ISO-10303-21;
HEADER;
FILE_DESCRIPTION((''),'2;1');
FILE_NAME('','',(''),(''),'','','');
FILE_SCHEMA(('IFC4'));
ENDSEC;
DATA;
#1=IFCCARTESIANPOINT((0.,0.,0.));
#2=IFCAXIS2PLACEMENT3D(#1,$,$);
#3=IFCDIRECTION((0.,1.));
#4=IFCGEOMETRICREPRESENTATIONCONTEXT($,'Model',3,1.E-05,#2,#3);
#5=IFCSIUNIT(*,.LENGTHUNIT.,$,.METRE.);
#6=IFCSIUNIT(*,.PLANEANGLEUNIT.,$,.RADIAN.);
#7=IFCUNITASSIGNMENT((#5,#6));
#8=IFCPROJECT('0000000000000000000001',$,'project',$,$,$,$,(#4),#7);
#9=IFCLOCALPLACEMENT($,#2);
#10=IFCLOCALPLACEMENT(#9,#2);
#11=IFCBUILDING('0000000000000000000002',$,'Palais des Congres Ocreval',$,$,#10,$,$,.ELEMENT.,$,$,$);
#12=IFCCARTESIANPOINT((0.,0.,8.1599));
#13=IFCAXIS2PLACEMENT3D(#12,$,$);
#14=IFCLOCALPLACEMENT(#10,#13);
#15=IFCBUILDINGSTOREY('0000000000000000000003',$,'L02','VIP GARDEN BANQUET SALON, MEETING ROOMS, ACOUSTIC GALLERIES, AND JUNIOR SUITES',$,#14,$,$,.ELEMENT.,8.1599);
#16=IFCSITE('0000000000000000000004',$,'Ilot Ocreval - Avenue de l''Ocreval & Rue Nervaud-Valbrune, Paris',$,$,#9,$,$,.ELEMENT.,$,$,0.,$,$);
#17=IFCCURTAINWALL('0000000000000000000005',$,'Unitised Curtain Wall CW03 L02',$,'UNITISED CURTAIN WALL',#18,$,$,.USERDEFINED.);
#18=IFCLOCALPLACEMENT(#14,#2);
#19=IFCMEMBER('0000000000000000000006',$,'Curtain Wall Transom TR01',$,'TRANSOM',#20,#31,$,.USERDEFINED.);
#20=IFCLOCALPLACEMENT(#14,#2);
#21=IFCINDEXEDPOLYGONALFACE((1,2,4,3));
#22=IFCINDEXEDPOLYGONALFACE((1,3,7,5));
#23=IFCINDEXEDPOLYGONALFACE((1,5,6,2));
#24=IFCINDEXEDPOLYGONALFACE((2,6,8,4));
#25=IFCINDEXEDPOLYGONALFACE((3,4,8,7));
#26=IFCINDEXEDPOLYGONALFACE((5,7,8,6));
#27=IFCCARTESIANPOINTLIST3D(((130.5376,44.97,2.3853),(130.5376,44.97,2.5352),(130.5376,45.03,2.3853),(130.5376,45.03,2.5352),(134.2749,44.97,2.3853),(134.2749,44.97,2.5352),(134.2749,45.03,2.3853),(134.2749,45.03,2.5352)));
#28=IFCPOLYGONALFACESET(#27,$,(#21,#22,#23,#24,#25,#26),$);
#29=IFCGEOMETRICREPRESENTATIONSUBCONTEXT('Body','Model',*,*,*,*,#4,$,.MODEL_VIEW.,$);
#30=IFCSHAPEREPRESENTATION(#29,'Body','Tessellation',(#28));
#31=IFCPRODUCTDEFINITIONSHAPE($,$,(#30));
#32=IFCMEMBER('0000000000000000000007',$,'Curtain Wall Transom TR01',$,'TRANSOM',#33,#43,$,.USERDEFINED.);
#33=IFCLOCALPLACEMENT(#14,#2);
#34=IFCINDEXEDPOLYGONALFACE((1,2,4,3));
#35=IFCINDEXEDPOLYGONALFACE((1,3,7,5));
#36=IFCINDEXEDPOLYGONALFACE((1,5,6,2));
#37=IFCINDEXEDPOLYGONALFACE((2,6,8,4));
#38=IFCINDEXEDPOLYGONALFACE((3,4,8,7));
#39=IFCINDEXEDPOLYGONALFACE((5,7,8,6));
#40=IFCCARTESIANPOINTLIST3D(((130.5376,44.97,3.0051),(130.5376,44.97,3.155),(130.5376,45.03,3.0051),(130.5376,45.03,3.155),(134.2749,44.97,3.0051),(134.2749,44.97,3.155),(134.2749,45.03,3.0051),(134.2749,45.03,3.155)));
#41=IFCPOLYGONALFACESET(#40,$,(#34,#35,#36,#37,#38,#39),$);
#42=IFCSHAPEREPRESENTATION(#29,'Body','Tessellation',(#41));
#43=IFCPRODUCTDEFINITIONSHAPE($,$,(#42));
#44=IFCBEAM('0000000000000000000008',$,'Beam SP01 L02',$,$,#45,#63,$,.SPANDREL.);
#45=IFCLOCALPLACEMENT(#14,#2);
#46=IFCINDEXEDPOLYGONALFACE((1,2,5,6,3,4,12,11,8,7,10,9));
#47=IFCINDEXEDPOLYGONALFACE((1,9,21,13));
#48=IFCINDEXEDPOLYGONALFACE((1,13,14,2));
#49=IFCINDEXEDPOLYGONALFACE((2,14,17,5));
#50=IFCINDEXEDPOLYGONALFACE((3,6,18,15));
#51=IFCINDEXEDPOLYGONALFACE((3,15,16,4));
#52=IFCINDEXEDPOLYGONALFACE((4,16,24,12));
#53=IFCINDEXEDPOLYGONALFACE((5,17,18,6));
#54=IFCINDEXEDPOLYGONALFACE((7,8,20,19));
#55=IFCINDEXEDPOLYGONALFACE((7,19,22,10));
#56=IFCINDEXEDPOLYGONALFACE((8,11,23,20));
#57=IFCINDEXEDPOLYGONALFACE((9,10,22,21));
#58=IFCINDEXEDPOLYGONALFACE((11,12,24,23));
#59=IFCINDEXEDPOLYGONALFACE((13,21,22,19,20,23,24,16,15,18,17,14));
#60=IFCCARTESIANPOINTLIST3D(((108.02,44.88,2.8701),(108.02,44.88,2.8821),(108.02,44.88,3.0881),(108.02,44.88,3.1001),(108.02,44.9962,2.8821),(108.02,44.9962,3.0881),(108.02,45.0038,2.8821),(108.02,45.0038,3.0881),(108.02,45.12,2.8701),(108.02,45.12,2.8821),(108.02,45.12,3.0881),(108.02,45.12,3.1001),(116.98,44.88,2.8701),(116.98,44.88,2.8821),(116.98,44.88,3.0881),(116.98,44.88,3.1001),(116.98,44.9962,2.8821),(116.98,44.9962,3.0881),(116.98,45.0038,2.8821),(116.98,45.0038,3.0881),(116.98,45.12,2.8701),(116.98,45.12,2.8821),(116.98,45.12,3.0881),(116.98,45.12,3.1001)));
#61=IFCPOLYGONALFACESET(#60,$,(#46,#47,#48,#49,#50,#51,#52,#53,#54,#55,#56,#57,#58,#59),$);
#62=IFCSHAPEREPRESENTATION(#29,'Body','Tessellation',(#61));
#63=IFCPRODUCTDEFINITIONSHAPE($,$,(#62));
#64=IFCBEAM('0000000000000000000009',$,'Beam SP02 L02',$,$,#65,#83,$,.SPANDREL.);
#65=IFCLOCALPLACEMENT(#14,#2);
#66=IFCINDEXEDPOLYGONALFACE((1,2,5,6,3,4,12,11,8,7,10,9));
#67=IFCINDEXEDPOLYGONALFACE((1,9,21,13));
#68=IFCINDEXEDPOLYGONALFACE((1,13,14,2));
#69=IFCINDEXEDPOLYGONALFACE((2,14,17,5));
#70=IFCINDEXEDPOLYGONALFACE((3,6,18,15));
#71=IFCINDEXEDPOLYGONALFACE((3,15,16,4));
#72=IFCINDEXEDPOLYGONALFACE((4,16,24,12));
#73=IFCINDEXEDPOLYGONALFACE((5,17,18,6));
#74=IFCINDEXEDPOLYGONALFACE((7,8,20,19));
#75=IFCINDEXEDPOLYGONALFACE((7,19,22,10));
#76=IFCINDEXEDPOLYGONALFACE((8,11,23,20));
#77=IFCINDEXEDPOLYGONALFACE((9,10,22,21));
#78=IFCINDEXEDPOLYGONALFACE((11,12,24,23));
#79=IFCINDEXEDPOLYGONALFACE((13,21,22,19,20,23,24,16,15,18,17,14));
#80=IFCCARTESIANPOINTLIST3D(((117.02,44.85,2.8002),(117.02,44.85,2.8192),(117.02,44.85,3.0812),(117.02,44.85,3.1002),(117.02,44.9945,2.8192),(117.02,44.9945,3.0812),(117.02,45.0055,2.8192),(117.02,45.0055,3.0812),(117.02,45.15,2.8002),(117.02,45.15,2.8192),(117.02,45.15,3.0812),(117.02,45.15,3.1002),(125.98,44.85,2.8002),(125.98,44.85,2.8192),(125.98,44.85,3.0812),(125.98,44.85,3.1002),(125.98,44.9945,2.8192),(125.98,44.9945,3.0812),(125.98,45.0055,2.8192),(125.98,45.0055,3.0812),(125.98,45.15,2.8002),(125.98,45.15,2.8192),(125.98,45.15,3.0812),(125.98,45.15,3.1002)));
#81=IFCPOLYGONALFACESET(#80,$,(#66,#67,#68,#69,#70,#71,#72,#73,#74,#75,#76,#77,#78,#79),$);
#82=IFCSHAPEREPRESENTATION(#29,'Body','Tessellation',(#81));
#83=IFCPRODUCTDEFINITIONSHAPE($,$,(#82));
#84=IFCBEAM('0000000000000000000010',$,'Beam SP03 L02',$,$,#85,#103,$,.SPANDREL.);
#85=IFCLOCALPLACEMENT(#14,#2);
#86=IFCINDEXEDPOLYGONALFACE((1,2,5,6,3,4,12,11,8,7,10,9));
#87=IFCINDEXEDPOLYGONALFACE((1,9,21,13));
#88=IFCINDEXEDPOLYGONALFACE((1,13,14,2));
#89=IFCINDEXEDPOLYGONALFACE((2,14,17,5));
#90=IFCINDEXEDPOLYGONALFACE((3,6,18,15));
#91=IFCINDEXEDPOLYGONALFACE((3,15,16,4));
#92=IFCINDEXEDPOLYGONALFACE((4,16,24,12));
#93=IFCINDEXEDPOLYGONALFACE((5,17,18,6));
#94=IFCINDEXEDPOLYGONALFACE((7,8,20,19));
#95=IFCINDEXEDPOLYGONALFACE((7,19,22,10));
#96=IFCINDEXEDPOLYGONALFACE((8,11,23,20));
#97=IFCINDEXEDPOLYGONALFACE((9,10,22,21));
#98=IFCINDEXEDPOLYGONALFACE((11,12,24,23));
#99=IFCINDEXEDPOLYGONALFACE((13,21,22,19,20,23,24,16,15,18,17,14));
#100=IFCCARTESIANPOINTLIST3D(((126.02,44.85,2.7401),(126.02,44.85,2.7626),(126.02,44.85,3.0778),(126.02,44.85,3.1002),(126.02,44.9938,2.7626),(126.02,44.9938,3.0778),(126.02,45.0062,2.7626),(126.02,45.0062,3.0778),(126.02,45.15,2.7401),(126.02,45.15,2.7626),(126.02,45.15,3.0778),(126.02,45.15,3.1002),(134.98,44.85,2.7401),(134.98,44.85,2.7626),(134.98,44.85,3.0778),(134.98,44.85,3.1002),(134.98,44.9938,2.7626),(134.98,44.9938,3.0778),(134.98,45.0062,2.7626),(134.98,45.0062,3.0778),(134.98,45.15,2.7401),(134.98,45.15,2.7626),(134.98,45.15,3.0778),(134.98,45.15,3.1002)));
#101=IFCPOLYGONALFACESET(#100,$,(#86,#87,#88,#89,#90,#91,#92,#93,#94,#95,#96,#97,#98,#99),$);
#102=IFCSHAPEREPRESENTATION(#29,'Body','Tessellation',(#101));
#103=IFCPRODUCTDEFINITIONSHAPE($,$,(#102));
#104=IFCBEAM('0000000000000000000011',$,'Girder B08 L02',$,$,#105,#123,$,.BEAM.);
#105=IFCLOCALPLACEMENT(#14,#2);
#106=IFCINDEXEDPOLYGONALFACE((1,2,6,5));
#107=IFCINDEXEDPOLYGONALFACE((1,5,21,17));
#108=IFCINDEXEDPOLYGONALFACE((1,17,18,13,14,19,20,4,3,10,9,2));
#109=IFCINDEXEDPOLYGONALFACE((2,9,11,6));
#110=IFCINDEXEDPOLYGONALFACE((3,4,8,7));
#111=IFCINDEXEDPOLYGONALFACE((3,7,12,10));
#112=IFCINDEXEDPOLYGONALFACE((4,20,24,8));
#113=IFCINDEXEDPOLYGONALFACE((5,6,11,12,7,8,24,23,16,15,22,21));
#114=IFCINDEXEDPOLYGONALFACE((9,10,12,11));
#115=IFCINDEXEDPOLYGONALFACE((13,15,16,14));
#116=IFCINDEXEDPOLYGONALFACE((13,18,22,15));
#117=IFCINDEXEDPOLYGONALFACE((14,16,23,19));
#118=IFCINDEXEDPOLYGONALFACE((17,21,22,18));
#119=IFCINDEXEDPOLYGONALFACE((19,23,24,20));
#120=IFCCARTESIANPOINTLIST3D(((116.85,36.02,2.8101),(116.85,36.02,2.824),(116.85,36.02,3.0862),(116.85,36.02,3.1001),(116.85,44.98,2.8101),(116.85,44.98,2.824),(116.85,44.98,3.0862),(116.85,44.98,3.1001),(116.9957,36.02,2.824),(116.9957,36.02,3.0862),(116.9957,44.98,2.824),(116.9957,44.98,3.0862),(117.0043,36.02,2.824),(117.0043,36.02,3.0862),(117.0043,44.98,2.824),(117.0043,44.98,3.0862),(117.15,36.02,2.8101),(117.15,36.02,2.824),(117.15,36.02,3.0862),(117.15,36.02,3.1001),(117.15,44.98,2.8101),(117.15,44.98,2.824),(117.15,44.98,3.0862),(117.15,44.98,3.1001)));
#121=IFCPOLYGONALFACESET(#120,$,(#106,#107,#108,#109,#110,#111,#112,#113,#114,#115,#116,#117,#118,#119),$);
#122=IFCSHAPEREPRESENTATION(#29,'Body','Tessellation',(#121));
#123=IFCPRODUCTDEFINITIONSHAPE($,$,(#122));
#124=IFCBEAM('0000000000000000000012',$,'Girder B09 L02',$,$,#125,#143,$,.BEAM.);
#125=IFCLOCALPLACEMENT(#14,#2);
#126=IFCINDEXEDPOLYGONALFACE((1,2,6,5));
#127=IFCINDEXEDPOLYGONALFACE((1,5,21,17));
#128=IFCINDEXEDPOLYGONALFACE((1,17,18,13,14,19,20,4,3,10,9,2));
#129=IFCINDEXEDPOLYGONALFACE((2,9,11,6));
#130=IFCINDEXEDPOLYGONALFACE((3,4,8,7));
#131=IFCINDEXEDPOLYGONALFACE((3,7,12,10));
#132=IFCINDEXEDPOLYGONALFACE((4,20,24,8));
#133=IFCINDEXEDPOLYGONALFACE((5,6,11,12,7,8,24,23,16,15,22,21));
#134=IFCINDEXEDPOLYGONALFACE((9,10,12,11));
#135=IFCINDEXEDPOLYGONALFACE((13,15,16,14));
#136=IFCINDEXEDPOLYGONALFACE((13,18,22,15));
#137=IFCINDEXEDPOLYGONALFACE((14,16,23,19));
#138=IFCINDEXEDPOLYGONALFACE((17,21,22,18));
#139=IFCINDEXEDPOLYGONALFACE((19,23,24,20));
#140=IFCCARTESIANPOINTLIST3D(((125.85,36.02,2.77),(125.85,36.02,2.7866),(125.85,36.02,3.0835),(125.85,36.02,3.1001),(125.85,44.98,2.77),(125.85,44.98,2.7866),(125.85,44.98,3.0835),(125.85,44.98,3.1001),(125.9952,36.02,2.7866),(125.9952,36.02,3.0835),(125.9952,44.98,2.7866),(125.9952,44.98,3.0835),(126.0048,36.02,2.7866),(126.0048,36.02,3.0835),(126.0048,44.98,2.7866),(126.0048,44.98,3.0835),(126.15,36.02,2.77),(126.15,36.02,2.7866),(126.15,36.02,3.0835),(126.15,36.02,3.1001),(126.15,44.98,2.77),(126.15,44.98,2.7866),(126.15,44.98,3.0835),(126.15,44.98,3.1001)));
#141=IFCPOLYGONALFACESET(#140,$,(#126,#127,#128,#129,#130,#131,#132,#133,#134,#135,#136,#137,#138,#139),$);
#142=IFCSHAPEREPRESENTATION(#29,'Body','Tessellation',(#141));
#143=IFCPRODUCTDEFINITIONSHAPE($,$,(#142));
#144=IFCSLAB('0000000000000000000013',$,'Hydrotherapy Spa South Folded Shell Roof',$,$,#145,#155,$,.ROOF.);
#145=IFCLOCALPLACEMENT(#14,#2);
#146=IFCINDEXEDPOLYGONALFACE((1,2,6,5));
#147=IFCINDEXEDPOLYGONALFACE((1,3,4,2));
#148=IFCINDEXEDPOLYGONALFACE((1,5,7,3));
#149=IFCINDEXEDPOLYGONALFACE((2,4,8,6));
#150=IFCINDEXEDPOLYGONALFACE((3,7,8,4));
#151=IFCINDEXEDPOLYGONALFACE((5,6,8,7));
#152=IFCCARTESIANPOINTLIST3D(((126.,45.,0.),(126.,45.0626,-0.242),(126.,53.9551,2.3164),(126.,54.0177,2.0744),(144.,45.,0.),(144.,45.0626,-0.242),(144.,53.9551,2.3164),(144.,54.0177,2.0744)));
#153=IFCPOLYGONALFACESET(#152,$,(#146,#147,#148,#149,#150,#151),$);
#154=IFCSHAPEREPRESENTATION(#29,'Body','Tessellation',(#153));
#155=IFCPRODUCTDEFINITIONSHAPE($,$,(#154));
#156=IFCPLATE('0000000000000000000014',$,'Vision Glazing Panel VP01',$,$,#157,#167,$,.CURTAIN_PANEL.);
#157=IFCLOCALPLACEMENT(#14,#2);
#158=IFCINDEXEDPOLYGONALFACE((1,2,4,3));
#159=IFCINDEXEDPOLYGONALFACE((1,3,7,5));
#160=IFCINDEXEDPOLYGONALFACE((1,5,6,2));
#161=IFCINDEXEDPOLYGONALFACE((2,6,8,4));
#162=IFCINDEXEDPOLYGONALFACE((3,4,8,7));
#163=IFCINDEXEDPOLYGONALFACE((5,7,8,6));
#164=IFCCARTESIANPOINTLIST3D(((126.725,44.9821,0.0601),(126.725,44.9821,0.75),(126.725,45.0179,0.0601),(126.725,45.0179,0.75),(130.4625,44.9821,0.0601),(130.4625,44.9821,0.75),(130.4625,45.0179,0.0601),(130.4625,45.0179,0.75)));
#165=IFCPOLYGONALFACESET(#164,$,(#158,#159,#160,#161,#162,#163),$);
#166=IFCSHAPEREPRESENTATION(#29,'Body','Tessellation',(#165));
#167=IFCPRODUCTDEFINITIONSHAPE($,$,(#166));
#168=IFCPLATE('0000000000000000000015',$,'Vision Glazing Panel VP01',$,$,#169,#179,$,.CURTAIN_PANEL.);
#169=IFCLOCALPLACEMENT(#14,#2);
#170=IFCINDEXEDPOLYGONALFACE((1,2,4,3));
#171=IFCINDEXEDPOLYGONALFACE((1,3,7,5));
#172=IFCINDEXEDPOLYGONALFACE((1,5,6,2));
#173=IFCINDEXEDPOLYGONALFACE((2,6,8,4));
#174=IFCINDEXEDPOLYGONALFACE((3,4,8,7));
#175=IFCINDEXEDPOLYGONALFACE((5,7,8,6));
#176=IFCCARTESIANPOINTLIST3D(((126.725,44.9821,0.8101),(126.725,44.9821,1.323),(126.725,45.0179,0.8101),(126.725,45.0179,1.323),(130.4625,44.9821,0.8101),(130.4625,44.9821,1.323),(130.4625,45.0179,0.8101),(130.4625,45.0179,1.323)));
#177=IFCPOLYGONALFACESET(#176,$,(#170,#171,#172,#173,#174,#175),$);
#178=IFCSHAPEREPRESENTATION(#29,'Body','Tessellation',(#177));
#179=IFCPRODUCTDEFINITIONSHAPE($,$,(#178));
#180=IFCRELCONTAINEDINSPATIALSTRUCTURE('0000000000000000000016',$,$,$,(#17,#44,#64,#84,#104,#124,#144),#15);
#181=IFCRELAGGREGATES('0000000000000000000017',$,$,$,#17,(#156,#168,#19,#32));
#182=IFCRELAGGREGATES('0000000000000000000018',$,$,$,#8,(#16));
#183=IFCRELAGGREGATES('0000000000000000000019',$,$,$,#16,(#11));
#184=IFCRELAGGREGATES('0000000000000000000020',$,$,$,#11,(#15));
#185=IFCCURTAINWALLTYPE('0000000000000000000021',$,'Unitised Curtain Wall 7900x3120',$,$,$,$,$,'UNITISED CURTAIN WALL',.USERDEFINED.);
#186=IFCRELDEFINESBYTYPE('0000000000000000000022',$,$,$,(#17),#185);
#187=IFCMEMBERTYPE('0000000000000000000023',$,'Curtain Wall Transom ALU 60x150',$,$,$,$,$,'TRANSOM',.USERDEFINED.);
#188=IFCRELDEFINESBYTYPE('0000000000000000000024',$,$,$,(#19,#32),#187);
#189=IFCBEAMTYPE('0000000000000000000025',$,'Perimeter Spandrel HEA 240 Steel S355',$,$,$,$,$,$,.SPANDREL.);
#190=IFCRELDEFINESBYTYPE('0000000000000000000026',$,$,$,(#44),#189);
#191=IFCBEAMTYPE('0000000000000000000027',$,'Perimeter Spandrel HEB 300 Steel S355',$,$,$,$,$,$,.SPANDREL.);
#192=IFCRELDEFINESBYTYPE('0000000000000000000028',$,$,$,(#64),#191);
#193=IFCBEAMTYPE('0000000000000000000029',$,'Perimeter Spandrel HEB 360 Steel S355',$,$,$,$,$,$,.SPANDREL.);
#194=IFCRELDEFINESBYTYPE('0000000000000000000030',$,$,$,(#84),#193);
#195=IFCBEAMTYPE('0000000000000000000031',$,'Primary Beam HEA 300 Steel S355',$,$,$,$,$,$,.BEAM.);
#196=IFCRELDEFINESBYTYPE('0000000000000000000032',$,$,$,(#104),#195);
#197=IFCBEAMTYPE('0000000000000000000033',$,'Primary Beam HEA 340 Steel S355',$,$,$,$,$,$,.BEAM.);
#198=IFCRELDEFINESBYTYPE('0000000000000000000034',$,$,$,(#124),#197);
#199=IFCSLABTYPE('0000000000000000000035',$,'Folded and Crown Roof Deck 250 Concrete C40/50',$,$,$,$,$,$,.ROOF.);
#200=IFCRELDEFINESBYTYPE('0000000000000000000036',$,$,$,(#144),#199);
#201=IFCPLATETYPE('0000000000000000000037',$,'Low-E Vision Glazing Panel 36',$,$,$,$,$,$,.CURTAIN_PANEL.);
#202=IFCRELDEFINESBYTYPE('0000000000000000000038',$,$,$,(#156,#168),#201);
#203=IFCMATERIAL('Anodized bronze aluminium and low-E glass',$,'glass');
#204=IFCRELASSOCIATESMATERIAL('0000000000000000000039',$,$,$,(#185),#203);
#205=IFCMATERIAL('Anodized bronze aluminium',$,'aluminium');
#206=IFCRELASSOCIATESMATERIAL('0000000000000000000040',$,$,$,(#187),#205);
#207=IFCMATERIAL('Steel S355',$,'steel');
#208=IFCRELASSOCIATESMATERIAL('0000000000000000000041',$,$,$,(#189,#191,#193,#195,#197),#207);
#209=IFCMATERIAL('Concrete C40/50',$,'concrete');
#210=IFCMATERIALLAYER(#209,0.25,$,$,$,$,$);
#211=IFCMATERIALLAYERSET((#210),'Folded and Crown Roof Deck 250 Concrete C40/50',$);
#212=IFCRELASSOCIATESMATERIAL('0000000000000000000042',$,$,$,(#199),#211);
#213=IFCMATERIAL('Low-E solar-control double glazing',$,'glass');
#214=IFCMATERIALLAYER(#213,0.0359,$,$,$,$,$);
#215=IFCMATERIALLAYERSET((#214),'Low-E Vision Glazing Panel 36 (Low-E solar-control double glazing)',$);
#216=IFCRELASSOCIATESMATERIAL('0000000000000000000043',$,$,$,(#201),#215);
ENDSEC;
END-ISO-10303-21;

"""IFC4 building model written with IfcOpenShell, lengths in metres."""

from ifc_helpers import new_model, si_unit, direction, frame, origin, origin_2d, place, context, subcontext, project, spatial, polyline, rectangle, i_section, outline, extrude, material, layer, layer_set, material_profile, profile_set, type_object, element, aggregate, save


model = new_model("IFC4")

# Units and contexts
model_context = context("Model", 3, precision=1e-05, world=origin(), true_north=direction((0.0, 1.0)))
body_context = subcontext(model_context, "Body", "Model", "MODEL_VIEW")
ifc_project = project(units=[si_unit("LENGTHUNIT", "METRE"), si_unit("PLANEANGLEUNIT", "RADIAN")], contexts=[model_context])

# Site, building, storey
site_placement = place(None, origin())
site = spatial("IfcSite", under=ifc_project, at=site_placement, Name="Ilot Ocreval - Avenue de l'Ocreval & Rue Nervaud-Valbrune, Paris", CompositionType="ELEMENT", RefElevation=0.0)
building_placement = place(site_placement, origin())
building = spatial("IfcBuilding", under=site, at=building_placement, Name="Palais des Congres Ocreval", CompositionType="ELEMENT")
storey_placement = place(building_placement, frame((0.0, 0.0, 8.1599)))
storey = spatial("IfcBuildingStorey", under=building, at=storey_placement, Name="L02", Description="VIP GARDEN BANQUET SALON, MEETING ROOMS, ACOUSTIC GALLERIES, AND JUNIOR SUITES", CompositionType="ELEMENT", Elevation=8.1599)

# Shared definitions
ifc_material_1 = material(Name="Steel S355", Category="steel")

# Curtain wall, members
ifc_material_2 = material(Name="Anodized bronze aluminium and low-E glass", Category="glass")
curtain_wall_type = type_object("IfcCurtainWallType", Name="Unitised Curtain Wall 7900x3120", ElementType="UNITISED CURTAIN WALL", PredefinedType="USERDEFINED", material=ifc_material_2)
curtain_wall_placement = place(storey_placement, origin())
curtain_wall = element("IfcCurtainWall", 1, at=curtain_wall_placement, inside=storey, type_object=curtain_wall_type, Name="Unitised Curtain Wall CW03 L02", ObjectType="UNITISED CURTAIN WALL", PredefinedType="USERDEFINED")
ifc_material_3 = material(Name="Anodized bronze aluminium", Category="aluminium")
ifc_material_profile_1 = material_profile(ifc_material_3, rectangle(XDim=0.0601, YDim=0.1499, at=origin_2d()), Name="ALU 60x150")
ifc_profile_set_1 = profile_set([ifc_material_profile_1], Name="Anodized bronze aluminium")
member_type_1 = type_object("IfcMemberType", Name="Curtain Wall Transom ALU 60x150", ElementType="TRANSOM", PredefinedType="USERDEFINED", material=ifc_profile_set_1)
member_1_placement = place(storey_placement, frame((130.5376, 45.0, 2.4602), z_axis=(1.0, 0.0, 0.0), x_axis=(0.0, 1.0, 0.0)))
member_1 = element("IfcMember", 2, at=member_1_placement, type_object=member_type_1, Name="Curtain Wall Transom TR01", ObjectType="TRANSOM", PredefinedType="USERDEFINED", context=body_context, shape_type="SweptSolid", body=[
    extrude(rectangle(XDim=0.0601, YDim=0.1499, at=origin_2d()), origin(), (0.0, 0.0, 1.0), 3.7373),
])
member_2_placement = place(storey_placement, frame((130.5376, 45.0, 3.0801), z_axis=(1.0, 0.0, 0.0), x_axis=(0.0, 1.0, 0.0)))
member_2 = element("IfcMember", 3, at=member_2_placement, type_object=member_type_1, Name="Curtain Wall Transom TR01", ObjectType="TRANSOM", PredefinedType="USERDEFINED", context=body_context, shape_type="SweptSolid", body=[
    extrude(rectangle(XDim=0.0601, YDim=0.1499, at=origin_2d()), origin(), (0.0, 0.0, 1.0), 3.7373),
])

# Beams
ifc_material_profile_2 = material_profile(ifc_material_1, i_section(OverallWidth=0.24, OverallDepth=0.23, WebThickness=0.0076, FlangeThickness=0.012, at=origin_2d()), Name="HEA 240")
ifc_profile_set_2 = profile_set([ifc_material_profile_2], Name="Steel S355")
beam_type_1 = type_object("IfcBeamType", Name="Perimeter Spandrel HEA 240 Steel S355", PredefinedType="SPANDREL", material=ifc_profile_set_2)
beam_1_placement = place(storey_placement, frame((108.02, 45.0, 2.9851), z_axis=(1.0, 0.0, 0.0), x_axis=(0.0, 1.0, 0.0)))
element("IfcBeam", 4, at=beam_1_placement, inside=storey, type_object=beam_type_1, Name="Beam SP01 L02", PredefinedType="SPANDREL", context=body_context, shape_type="SweptSolid", body=[
    extrude(i_section(OverallWidth=0.24, OverallDepth=0.23, WebThickness=0.0076, FlangeThickness=0.012, at=origin_2d()), origin(), (0.0, 0.0, 1.0), 8.96),
])
ifc_material_profile_3 = material_profile(ifc_material_1, i_section(OverallWidth=0.3, OverallDepth=0.3, WebThickness=0.011, FlangeThickness=0.019, at=origin_2d()), Name="HEB 300")
ifc_profile_set_3 = profile_set([ifc_material_profile_3], Name="Steel S355")
beam_type_2 = type_object("IfcBeamType", Name="Perimeter Spandrel HEB 300 Steel S355", PredefinedType="SPANDREL", material=ifc_profile_set_3)
beam_2_placement = place(storey_placement, frame((117.02, 45.0, 2.9502), z_axis=(1.0, 0.0, 0.0), x_axis=(0.0, 1.0, 0.0)))
element("IfcBeam", 5, at=beam_2_placement, inside=storey, type_object=beam_type_2, Name="Beam SP02 L02", PredefinedType="SPANDREL", context=body_context, shape_type="SweptSolid", body=[
    extrude(i_section(OverallWidth=0.3, OverallDepth=0.3, WebThickness=0.011, FlangeThickness=0.019, at=origin_2d()), origin(), (0.0, 0.0, 1.0), 8.96),
])
ifc_material_profile_4 = material_profile(ifc_material_1, i_section(OverallWidth=0.3, OverallDepth=0.3601, WebThickness=0.0125, FlangeThickness=0.0225, at=origin_2d()), Name="HEB 360")
ifc_profile_set_4 = profile_set([ifc_material_profile_4], Name="Steel S355")
beam_type_3 = type_object("IfcBeamType", Name="Perimeter Spandrel HEB 360 Steel S355", PredefinedType="SPANDREL", material=ifc_profile_set_4)
beam_3_placement = place(storey_placement, frame((126.02, 45.0, 2.9202), z_axis=(1.0, 0.0, 0.0), x_axis=(0.0, 1.0, 0.0)))
element("IfcBeam", 6, at=beam_3_placement, inside=storey, type_object=beam_type_3, Name="Beam SP03 L02", PredefinedType="SPANDREL", context=body_context, shape_type="SweptSolid", body=[
    extrude(i_section(OverallWidth=0.3, OverallDepth=0.3601, WebThickness=0.0125, FlangeThickness=0.0225, at=origin_2d()), origin(), (0.0, 0.0, 1.0), 8.96),
])
ifc_material_profile_5 = material_profile(ifc_material_1, i_section(OverallWidth=0.3, OverallDepth=0.29, WebThickness=0.0085, FlangeThickness=0.0139, at=origin_2d()), Name="HEA 300")
ifc_profile_set_5 = profile_set([ifc_material_profile_5], Name="Steel S355")
beam_type_4 = type_object("IfcBeamType", Name="Primary Beam HEA 300 Steel S355", PredefinedType="BEAM", material=ifc_profile_set_5)
beam_4_placement = place(storey_placement, frame((117.0, 36.02, 2.9551), z_axis=(0.0, 1.0, 0.0), x_axis=(-1.0, 0.0, 0.0)))
element("IfcBeam", 7, at=beam_4_placement, inside=storey, type_object=beam_type_4, Name="Girder B08 L02", PredefinedType="BEAM", context=body_context, shape_type="SweptSolid", body=[
    extrude(i_section(OverallWidth=0.3, OverallDepth=0.29, WebThickness=0.0085, FlangeThickness=0.0139, at=origin_2d()), origin(), (0.0, 0.0, 1.0), 8.96),
])
ifc_material_profile_6 = material_profile(ifc_material_1, i_section(OverallWidth=0.3, OverallDepth=0.3301, WebThickness=0.0095, FlangeThickness=0.0166, at=origin_2d()), Name="HEA 340")
ifc_profile_set_6 = profile_set([ifc_material_profile_6], Name="Steel S355")
beam_type_5 = type_object("IfcBeamType", Name="Primary Beam HEA 340 Steel S355", PredefinedType="BEAM", material=ifc_profile_set_6)
beam_5_placement = place(storey_placement, frame((126.0, 36.02, 2.9351), z_axis=(0.0, 1.0, 0.0), x_axis=(-1.0, 0.0, 0.0)))
element("IfcBeam", 8, at=beam_5_placement, inside=storey, type_object=beam_type_5, Name="Girder B09 L02", PredefinedType="BEAM", context=body_context, shape_type="SweptSolid", body=[
    extrude(i_section(OverallWidth=0.3, OverallDepth=0.3301, WebThickness=0.0095, FlangeThickness=0.0166, at=origin_2d()), origin(), (0.0, 0.0, 1.0), 8.96),
])

# Slab
ifc_material_4 = material(Name="Concrete C40/50", Category="concrete")
ifc_layer_1 = layer(ifc_material_4, 0.25)
ifc_layer_set_1 = layer_set([ifc_layer_1], Name="Folded and Crown Roof Deck 250 Concrete C40/50")
slab_type = type_object("IfcSlabType", Name="Folded and Crown Roof Deck 250 Concrete C40/50", PredefinedType="ROOF", material=ifc_layer_set_1)
slab_placement = place(storey_placement, frame((126.0, 45.0, 0.0), z_axis=(0.0, -0.250427, 0.968135), x_axis=(1.0, 0.0, 0.0)))
element("IfcSlab", 9, at=slab_placement, inside=storey, type_object=slab_type, Name="Hydrotherapy Spa South Folded Shell Roof", PredefinedType="ROOF", context=body_context, shape_type="SweptSolid", body=[
    extrude(outline(polyline([(0.0, 0.0), (18.0, 0.0), (18.0, 9.2498), (0.0, 9.2498), (0.0, 0.0)])), origin(), (0.0, 0.0, -1.0), 0.25),
])

# Plates
ifc_material_5 = material(Name="Low-E solar-control double glazing", Category="glass")
ifc_layer_2 = layer(ifc_material_5, 0.0359)
ifc_layer_set_2 = layer_set([ifc_layer_2], Name="Low-E Vision Glazing Panel 36 (Low-E solar-control double glazing)")
plate_type_1 = type_object("IfcPlateType", Name="Low-E Vision Glazing Panel 36", PredefinedType="CURTAIN_PANEL", material=ifc_layer_set_2)
plate_1_placement = place(storey_placement, frame((128.5938, 45.0, 0.0601), z_axis=(0.0, 0.0, 1.0), x_axis=(1.0, 0.0, 0.0)))
plate_1 = element("IfcPlate", 10, at=plate_1_placement, type_object=plate_type_1, Name="Vision Glazing Panel VP01", PredefinedType="CURTAIN_PANEL", context=body_context, shape_type="SweptSolid", body=[
    extrude(rectangle(XDim=3.7375, YDim=0.0359, at=origin_2d()), origin(), (0.0, 0.0, 1.0), 0.6899),
])
plate_2_placement = place(storey_placement, frame((128.5938, 45.0, 0.8101), z_axis=(0.0, 0.0, 1.0), x_axis=(1.0, 0.0, 0.0)))
plate_2 = element("IfcPlate", 11, at=plate_2_placement, type_object=plate_type_1, Name="Vision Glazing Panel VP01", PredefinedType="CURTAIN_PANEL", context=body_context, shape_type="SweptSolid", body=[
    extrude(rectangle(XDim=3.7375, YDim=0.0359, at=origin_2d()), origin(), (0.0, 0.0, 1.0), 0.5129),
])
aggregate(curtain_wall, [plate_1, plate_2, member_1, member_2])

save(model, "model.ifc")
